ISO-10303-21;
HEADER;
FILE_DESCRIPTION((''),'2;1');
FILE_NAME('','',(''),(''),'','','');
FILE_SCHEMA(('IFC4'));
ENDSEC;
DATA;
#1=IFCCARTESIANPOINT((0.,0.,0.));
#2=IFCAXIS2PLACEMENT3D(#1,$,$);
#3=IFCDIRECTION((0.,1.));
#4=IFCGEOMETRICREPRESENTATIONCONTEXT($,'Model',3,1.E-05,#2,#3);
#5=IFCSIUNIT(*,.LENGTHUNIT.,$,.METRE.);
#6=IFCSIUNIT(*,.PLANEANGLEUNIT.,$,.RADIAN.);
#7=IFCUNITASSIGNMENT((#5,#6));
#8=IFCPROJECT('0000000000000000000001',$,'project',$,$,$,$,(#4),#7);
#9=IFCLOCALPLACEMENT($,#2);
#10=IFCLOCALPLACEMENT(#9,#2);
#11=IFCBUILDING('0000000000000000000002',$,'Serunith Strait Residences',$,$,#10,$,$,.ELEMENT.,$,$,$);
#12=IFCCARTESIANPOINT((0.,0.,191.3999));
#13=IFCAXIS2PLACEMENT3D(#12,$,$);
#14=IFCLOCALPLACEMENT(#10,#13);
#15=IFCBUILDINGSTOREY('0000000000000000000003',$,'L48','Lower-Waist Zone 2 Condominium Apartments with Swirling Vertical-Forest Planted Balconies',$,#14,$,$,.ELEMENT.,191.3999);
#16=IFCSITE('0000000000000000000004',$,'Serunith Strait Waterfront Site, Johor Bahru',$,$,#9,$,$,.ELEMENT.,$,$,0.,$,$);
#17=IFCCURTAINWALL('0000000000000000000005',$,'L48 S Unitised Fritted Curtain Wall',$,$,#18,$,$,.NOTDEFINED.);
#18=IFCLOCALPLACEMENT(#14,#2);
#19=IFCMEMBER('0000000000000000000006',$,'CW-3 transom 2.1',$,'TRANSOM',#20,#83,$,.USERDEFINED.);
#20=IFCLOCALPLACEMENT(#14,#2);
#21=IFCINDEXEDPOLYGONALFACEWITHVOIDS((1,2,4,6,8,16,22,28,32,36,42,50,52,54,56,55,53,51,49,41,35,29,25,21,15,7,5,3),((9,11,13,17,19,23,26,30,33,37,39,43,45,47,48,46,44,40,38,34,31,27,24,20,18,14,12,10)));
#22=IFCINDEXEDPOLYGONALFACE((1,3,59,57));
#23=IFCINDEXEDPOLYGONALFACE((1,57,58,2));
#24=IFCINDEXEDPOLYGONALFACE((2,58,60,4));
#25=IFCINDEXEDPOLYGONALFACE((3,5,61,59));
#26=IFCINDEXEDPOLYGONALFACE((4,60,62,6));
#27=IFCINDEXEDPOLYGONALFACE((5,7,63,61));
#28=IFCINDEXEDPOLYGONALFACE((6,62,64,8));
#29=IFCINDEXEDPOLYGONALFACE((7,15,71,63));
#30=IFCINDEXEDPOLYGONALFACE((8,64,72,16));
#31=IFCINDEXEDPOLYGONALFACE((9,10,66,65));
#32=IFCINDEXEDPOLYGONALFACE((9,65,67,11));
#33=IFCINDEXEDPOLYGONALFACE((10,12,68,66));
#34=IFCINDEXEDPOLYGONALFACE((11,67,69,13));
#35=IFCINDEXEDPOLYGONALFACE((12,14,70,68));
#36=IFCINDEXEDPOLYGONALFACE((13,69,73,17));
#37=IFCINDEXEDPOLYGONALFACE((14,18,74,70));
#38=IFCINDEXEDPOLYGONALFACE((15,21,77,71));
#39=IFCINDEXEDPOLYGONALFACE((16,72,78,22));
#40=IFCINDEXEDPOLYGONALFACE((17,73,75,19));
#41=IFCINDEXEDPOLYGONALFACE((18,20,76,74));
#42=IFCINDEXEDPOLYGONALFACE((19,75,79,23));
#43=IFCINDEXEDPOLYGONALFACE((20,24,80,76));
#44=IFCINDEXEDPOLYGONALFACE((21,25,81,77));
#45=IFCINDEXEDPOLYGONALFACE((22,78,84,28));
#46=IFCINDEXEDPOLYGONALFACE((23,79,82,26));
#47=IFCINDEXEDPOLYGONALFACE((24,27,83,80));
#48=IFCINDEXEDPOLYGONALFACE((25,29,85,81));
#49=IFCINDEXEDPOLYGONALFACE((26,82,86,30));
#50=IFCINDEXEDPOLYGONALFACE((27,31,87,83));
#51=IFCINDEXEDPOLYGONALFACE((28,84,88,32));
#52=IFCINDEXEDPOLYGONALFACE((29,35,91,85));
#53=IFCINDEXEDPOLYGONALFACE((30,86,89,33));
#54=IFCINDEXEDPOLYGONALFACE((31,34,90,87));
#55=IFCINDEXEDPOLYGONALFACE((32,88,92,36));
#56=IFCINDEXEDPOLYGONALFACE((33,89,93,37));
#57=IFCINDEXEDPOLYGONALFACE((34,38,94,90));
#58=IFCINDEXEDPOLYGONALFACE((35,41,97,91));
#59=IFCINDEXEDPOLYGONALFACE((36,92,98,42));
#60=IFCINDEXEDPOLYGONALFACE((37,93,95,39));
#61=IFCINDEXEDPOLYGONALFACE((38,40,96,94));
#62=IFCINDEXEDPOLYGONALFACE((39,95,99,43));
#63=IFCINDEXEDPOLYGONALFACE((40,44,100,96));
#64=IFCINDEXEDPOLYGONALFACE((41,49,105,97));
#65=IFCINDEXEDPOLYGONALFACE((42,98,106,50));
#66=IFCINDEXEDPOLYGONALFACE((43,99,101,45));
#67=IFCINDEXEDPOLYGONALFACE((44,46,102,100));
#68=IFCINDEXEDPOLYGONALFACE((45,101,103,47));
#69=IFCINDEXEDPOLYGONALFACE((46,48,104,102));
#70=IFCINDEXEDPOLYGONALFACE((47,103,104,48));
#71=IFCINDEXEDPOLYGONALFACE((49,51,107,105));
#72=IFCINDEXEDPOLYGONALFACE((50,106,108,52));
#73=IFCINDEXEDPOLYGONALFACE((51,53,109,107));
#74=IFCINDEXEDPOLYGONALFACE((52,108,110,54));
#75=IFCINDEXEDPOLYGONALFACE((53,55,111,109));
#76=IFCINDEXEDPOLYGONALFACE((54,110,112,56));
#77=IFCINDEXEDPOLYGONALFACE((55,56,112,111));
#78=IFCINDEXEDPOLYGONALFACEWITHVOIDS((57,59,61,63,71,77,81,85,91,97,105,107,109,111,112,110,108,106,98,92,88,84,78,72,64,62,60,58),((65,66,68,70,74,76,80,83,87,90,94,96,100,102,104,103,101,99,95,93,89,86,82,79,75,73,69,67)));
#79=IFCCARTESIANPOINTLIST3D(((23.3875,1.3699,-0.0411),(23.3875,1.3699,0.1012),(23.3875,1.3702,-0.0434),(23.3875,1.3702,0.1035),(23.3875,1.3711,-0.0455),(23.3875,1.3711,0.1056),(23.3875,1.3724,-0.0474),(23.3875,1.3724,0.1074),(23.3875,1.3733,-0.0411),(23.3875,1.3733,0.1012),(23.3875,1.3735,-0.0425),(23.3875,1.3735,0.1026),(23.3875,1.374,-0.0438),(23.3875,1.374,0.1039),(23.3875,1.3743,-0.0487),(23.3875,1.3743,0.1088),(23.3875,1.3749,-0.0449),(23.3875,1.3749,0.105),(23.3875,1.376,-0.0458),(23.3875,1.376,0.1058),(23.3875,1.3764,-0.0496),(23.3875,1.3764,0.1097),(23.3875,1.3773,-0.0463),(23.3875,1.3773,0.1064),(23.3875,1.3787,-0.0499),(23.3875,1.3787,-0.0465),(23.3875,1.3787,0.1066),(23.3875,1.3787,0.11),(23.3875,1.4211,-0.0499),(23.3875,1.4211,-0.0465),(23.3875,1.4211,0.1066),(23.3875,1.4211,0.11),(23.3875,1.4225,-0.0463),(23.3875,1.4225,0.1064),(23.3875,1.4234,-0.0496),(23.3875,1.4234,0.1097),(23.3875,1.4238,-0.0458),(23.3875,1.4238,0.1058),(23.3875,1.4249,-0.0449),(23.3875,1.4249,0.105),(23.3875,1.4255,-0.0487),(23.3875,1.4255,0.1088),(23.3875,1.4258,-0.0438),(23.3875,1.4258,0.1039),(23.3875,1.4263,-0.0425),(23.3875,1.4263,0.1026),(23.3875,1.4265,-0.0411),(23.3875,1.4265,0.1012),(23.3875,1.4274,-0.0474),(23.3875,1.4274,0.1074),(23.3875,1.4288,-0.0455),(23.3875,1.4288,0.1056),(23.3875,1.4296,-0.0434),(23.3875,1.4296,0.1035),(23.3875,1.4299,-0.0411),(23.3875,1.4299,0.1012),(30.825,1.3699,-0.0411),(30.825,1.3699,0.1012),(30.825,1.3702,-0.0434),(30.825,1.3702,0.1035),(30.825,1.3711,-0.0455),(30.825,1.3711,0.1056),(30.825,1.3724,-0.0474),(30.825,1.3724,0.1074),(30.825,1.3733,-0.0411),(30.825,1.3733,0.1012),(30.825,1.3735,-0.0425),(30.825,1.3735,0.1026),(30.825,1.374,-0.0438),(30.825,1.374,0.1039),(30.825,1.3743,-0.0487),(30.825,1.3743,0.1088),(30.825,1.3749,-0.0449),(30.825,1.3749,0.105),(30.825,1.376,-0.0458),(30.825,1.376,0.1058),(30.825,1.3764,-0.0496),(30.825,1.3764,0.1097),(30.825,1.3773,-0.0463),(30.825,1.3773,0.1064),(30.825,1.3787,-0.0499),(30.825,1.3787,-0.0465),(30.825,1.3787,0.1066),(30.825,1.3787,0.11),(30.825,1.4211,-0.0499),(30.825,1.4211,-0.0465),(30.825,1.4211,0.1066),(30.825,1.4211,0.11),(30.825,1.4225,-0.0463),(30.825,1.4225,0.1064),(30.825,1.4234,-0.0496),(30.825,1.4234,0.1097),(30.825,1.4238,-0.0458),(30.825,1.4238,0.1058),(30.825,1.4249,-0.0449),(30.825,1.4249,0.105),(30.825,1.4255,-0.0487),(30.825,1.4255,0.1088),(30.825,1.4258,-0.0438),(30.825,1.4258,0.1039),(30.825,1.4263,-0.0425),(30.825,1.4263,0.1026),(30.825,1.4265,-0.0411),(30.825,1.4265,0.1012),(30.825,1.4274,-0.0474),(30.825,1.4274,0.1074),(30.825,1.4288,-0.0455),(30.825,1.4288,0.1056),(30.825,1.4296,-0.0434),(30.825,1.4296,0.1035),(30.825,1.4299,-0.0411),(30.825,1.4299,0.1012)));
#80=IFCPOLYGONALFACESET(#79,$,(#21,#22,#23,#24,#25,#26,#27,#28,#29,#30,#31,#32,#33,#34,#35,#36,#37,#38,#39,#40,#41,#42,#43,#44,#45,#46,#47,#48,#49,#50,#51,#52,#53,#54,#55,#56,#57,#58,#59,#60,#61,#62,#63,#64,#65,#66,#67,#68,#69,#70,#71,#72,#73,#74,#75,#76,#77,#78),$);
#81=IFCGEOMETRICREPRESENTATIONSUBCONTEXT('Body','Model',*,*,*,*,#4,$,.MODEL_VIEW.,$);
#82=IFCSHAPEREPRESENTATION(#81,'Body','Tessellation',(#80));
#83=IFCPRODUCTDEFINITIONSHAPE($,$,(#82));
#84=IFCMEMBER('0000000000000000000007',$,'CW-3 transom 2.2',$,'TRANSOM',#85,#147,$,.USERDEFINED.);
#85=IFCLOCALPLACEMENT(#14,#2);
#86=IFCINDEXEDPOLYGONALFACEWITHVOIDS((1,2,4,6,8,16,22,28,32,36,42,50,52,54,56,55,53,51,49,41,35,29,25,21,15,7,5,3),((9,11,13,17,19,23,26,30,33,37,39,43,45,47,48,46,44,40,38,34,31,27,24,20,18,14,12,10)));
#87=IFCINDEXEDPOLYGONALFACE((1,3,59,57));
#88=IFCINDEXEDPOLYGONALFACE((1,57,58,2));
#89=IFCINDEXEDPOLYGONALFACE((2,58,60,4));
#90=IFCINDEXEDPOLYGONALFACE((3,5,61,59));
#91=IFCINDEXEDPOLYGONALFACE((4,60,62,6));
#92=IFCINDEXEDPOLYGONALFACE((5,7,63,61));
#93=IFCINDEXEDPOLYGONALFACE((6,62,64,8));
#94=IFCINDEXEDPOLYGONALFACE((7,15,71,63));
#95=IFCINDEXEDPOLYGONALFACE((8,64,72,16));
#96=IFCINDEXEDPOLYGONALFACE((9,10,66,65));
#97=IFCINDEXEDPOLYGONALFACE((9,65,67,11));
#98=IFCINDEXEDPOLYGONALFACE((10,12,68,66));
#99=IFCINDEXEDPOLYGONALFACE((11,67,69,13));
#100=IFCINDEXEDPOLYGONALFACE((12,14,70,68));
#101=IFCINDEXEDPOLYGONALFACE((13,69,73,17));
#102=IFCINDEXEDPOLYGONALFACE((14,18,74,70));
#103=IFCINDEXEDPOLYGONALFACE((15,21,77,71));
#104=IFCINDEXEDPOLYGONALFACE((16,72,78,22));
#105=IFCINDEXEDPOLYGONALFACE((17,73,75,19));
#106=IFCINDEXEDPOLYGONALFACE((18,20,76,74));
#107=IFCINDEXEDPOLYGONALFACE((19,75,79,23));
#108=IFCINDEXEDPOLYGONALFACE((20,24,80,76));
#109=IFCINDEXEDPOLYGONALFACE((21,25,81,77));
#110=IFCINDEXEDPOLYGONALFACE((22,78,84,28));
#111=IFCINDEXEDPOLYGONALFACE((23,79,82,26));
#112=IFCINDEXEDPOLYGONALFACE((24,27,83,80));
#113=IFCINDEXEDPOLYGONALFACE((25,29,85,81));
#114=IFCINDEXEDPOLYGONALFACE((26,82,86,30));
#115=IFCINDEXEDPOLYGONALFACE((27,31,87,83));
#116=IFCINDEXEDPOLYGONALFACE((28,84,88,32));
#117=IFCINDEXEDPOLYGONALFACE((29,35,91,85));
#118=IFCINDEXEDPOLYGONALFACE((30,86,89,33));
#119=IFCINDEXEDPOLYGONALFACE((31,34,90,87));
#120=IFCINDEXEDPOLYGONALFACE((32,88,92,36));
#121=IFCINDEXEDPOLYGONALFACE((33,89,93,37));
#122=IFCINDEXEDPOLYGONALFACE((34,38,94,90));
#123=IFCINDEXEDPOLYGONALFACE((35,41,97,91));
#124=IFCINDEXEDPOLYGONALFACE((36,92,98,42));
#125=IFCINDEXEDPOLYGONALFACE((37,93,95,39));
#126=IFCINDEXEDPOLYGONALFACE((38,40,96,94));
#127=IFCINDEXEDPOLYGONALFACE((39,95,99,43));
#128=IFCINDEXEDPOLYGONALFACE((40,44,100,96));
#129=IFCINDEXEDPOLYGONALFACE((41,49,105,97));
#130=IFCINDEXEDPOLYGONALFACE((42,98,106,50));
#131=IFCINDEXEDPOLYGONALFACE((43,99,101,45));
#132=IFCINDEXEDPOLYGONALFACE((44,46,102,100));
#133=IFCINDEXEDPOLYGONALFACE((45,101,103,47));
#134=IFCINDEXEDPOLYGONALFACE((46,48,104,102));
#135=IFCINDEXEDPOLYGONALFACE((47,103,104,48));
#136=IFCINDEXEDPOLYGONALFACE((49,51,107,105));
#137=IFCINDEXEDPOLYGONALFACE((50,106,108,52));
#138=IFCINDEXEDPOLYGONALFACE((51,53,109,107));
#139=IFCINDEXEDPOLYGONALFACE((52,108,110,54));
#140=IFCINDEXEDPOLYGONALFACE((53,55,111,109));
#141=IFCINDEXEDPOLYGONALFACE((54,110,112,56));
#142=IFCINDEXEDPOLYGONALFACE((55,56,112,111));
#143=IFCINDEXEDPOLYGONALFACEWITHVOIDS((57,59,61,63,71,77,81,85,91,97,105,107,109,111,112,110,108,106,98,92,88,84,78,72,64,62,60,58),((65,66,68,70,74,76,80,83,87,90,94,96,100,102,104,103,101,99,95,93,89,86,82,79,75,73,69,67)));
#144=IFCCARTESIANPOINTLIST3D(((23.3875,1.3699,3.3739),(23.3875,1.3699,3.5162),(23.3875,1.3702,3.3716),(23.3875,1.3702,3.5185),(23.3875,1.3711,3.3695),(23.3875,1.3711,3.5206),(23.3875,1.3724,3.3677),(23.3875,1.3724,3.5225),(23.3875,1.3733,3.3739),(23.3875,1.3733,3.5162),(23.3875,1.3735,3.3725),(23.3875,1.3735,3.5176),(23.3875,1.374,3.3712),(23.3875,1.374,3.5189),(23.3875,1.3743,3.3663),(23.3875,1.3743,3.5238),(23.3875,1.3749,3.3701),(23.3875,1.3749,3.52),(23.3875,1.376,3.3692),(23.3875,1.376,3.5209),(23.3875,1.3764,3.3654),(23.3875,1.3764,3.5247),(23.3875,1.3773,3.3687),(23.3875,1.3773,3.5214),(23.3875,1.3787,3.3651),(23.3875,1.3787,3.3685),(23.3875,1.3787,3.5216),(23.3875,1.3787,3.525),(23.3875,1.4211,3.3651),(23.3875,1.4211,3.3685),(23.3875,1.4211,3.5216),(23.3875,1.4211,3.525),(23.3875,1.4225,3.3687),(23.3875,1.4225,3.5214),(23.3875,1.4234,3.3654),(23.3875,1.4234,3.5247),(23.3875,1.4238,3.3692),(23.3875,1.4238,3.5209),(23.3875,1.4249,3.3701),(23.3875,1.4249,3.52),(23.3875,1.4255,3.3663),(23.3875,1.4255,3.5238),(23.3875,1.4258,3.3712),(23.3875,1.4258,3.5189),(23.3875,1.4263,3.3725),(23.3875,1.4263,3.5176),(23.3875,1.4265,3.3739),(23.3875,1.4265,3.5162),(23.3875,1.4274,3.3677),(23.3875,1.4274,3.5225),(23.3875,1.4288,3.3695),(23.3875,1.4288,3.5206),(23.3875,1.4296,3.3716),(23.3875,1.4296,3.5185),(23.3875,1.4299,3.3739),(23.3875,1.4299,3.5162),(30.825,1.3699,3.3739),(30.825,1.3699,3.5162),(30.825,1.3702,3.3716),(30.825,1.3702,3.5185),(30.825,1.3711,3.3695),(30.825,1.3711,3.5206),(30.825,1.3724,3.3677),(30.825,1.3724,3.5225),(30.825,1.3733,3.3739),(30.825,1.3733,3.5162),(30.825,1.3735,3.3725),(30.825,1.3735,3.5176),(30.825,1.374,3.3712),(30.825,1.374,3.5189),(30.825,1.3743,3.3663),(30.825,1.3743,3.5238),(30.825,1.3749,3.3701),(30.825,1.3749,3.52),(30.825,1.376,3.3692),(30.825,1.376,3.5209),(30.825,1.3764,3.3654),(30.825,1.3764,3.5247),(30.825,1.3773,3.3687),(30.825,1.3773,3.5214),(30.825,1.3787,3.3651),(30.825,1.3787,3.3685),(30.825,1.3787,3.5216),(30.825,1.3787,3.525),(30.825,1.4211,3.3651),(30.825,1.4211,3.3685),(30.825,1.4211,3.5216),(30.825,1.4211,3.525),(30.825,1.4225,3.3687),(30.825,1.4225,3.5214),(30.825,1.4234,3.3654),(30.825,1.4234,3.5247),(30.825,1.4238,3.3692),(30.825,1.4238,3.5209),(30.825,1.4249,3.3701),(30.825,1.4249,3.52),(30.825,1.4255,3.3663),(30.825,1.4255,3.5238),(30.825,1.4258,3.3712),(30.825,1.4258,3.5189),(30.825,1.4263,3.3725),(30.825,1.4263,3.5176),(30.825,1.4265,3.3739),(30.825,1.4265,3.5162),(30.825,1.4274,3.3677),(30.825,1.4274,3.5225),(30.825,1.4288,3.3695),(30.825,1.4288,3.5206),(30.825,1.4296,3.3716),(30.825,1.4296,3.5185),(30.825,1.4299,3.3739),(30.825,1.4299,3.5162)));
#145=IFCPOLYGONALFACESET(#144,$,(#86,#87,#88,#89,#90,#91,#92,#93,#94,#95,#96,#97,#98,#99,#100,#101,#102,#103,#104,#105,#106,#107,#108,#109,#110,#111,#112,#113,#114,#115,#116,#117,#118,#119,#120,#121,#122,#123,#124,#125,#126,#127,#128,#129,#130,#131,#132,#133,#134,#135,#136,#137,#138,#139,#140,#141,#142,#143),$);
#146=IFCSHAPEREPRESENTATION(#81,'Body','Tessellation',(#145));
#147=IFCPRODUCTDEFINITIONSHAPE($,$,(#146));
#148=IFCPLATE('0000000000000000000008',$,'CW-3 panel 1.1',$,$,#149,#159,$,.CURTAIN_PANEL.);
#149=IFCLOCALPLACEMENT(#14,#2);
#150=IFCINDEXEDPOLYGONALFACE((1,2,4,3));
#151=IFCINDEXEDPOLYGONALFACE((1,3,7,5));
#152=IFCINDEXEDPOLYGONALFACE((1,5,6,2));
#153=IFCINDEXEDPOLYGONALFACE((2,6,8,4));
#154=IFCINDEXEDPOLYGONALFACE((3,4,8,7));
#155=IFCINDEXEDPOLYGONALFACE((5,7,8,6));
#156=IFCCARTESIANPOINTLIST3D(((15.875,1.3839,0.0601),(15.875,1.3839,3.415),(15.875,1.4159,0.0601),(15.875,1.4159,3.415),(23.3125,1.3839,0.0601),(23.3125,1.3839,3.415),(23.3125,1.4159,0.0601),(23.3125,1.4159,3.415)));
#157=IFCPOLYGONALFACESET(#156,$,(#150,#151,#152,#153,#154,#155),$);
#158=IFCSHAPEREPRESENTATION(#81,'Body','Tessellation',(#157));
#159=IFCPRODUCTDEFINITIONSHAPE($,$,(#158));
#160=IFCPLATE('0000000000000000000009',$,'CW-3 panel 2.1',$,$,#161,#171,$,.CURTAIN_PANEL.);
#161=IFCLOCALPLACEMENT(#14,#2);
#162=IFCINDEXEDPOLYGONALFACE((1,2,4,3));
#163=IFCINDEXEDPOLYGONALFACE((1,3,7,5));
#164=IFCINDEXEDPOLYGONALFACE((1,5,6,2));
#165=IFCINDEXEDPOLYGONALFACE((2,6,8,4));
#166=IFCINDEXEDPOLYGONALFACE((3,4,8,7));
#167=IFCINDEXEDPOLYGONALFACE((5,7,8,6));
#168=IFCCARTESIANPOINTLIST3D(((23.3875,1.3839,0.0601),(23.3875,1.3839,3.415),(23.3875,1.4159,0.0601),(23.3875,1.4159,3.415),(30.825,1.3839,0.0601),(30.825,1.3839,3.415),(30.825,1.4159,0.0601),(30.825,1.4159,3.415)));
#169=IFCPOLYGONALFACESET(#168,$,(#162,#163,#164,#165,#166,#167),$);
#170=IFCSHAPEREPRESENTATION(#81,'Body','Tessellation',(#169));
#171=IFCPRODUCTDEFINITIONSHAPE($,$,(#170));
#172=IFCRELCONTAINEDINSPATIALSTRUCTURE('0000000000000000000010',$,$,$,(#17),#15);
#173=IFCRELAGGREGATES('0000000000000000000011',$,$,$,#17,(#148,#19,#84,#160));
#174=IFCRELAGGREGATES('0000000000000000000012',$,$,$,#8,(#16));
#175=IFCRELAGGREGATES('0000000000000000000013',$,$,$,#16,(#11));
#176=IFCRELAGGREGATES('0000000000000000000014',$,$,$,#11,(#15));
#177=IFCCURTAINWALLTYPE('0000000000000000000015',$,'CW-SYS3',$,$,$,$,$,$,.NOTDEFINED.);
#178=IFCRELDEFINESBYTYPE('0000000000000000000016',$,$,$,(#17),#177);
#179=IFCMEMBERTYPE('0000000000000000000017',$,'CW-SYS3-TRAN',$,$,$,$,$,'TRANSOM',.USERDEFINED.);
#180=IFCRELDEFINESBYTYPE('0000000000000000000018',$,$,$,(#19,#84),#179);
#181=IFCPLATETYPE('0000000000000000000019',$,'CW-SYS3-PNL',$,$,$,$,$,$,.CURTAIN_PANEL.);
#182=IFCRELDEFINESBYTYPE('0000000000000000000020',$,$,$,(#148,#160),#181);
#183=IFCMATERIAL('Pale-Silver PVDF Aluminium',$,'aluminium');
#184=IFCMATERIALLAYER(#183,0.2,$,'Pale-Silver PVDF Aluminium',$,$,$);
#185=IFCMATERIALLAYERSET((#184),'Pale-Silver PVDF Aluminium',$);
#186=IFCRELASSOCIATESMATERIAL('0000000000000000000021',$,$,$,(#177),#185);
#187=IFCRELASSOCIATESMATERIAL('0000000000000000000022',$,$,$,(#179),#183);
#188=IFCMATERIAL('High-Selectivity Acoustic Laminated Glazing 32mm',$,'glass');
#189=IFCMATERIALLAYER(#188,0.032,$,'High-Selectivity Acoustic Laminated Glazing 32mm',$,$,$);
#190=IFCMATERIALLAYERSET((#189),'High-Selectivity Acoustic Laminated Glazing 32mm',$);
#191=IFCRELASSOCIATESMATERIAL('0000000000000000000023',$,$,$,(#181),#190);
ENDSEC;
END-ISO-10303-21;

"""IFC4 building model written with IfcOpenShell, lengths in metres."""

from ifc_helpers import new_model, si_unit, direction, frame, origin, origin_2d, place, context, subcontext, project, spatial, rectangle, hollow_rectangle, extrude, source, transform, mapped, material, layer, layer_set, material_profile, profile_set, type_object, element, aggregate, save


model = new_model("IFC4")

# Units and contexts
model_context = context("Model", 3, precision=1e-05, world=origin(), true_north=direction((0.0, 1.0)))
body_context = subcontext(model_context, "Body", "Model", "MODEL_VIEW")
ifc_project = project(units=[si_unit("LENGTHUNIT", "METRE"), si_unit("PLANEANGLEUNIT", "RADIAN")], contexts=[model_context])

# Site, building, storey
site_placement = place(None, origin())
site = spatial("IfcSite", under=ifc_project, at=site_placement, Name="Serunith Strait Waterfront Site, Johor Bahru", CompositionType="ELEMENT", RefElevation=0.0)
building_placement = place(site_placement, origin())
building = spatial("IfcBuilding", under=site, at=building_placement, Name="Serunith Strait Residences", CompositionType="ELEMENT")
storey_placement = place(building_placement, frame((0.0, 0.0, 191.3999)))
storey = spatial("IfcBuildingStorey", under=building, at=storey_placement, Name="L48", Description="Lower-Waist Zone 2 Condominium Apartments with Swirling Vertical-Forest Planted Balconies", CompositionType="ELEMENT", Elevation=191.3999)

# Curtain wall, members, plates
ifc_material_1 = material(Name="Pale-Silver PVDF Aluminium", Category="aluminium")
ifc_layer_1 = layer(ifc_material_1, 0.2, Name="Pale-Silver PVDF Aluminium")
ifc_layer_set_1 = layer_set([ifc_layer_1], Name="Pale-Silver PVDF Aluminium")
curtain_wall_type = type_object("IfcCurtainWallType", Name="CW-SYS3", PredefinedType="NOTDEFINED", material=ifc_layer_set_1)
curtain_wall_placement = place(storey_placement, origin())
curtain_wall = element("IfcCurtainWall", 1, at=curtain_wall_placement, inside=storey, type_object=curtain_wall_type, Name="L48 S Unitised Fritted Curtain Wall", PredefinedType="NOTDEFINED")
ifc_material_profile_1 = material_profile(ifc_material_1, hollow_rectangle(XDim=0.0601, YDim=0.1599, WallThickness=0.0034, InnerFilletRadius=0.0054, OuterFilletRadius=0.0088, at=origin_2d()), Name="ALU 160x60x3.5")
ifc_profile_set_1 = profile_set([ifc_material_profile_1], Name="Pale-Silver PVDF Aluminium")
member_type_1 = type_object("IfcMemberType", Name="CW-SYS3-TRAN", ElementType="TRANSOM", PredefinedType="USERDEFINED", material=ifc_profile_set_1)
shared_shape_1 = source(origin(), body_context, "Body", "SweptSolid", [
    extrude(hollow_rectangle(XDim=0.0601, YDim=0.1599, WallThickness=0.0034, InnerFilletRadius=0.0054, OuterFilletRadius=0.0088, at=origin_2d()), origin(), (0.0, 0.0, 1.0), 7.4375),
])
member_1_placement = place(storey_placement, frame((23.3875, 1.3999, 0.03), z_axis=(1.0, 0.0, 0.0), x_axis=(0.0, 1.0, 0.0)))
member_1 = element("IfcMember", 2, at=member_1_placement, type_object=member_type_1, Name="CW-3 transom 2.1", ObjectType="TRANSOM", PredefinedType="USERDEFINED", context=body_context, shape_type="MappedRepresentation", body=[
    mapped(shared_shape_1, transform((0.0, 0.0, 0.0), scale=1.0)),
])
member_2_placement = place(storey_placement, frame((23.3875, 1.3999, 3.4451), z_axis=(1.0, 0.0, 0.0), x_axis=(0.0, 1.0, 0.0)))
member_2 = element("IfcMember", 3, at=member_2_placement, type_object=member_type_1, Name="CW-3 transom 2.2", ObjectType="TRANSOM", PredefinedType="USERDEFINED", context=body_context, shape_type="MappedRepresentation", body=[
    mapped(shared_shape_1, transform((0.0, 0.0, 0.0), scale=1.0)),
])
ifc_material_2 = material(Name="High-Selectivity Acoustic Laminated Glazing 32mm", Category="glass")
ifc_layer_2 = layer(ifc_material_2, 0.032, Name="High-Selectivity Acoustic Laminated Glazing 32mm")
ifc_layer_set_2 = layer_set([ifc_layer_2], Name="High-Selectivity Acoustic Laminated Glazing 32mm")
plate_type = type_object("IfcPlateType", Name="CW-SYS3-PNL", PredefinedType="CURTAIN_PANEL", material=ifc_layer_set_2)
shared_shape_2 = source(origin(), body_context, "Body", "SweptSolid", [
    extrude(rectangle(XDim=7.4375, YDim=0.032, at=origin_2d()), origin(), (0.0, 0.0, 1.0), 3.355),
])
plate_1_placement = place(storey_placement, frame((19.5938, 1.3999, 0.0601), z_axis=(0.0, 0.0, 1.0), x_axis=(1.0, 0.0, 0.0)))
plate_1 = element("IfcPlate", 4, at=plate_1_placement, type_object=plate_type, Name="CW-3 panel 1.1", PredefinedType="CURTAIN_PANEL", context=body_context, shape_type="MappedRepresentation", body=[
    mapped(shared_shape_2, transform((0.0, 0.0, 0.0), scale=1.0)),
])
plate_2_placement = place(storey_placement, frame((27.1062, 1.3999, 0.0601), z_axis=(0.0, 0.0, 1.0), x_axis=(1.0, 0.0, 0.0)))
plate_2 = element("IfcPlate", 5, at=plate_2_placement, type_object=plate_type, Name="CW-3 panel 2.1", PredefinedType="CURTAIN_PANEL", context=body_context, shape_type="MappedRepresentation", body=[
    mapped(shared_shape_2, transform((0.0, 0.0, 0.0), scale=1.0)),
])
aggregate(curtain_wall, [plate_1, member_1, member_2, plate_2])

save(model, "model.ifc")
